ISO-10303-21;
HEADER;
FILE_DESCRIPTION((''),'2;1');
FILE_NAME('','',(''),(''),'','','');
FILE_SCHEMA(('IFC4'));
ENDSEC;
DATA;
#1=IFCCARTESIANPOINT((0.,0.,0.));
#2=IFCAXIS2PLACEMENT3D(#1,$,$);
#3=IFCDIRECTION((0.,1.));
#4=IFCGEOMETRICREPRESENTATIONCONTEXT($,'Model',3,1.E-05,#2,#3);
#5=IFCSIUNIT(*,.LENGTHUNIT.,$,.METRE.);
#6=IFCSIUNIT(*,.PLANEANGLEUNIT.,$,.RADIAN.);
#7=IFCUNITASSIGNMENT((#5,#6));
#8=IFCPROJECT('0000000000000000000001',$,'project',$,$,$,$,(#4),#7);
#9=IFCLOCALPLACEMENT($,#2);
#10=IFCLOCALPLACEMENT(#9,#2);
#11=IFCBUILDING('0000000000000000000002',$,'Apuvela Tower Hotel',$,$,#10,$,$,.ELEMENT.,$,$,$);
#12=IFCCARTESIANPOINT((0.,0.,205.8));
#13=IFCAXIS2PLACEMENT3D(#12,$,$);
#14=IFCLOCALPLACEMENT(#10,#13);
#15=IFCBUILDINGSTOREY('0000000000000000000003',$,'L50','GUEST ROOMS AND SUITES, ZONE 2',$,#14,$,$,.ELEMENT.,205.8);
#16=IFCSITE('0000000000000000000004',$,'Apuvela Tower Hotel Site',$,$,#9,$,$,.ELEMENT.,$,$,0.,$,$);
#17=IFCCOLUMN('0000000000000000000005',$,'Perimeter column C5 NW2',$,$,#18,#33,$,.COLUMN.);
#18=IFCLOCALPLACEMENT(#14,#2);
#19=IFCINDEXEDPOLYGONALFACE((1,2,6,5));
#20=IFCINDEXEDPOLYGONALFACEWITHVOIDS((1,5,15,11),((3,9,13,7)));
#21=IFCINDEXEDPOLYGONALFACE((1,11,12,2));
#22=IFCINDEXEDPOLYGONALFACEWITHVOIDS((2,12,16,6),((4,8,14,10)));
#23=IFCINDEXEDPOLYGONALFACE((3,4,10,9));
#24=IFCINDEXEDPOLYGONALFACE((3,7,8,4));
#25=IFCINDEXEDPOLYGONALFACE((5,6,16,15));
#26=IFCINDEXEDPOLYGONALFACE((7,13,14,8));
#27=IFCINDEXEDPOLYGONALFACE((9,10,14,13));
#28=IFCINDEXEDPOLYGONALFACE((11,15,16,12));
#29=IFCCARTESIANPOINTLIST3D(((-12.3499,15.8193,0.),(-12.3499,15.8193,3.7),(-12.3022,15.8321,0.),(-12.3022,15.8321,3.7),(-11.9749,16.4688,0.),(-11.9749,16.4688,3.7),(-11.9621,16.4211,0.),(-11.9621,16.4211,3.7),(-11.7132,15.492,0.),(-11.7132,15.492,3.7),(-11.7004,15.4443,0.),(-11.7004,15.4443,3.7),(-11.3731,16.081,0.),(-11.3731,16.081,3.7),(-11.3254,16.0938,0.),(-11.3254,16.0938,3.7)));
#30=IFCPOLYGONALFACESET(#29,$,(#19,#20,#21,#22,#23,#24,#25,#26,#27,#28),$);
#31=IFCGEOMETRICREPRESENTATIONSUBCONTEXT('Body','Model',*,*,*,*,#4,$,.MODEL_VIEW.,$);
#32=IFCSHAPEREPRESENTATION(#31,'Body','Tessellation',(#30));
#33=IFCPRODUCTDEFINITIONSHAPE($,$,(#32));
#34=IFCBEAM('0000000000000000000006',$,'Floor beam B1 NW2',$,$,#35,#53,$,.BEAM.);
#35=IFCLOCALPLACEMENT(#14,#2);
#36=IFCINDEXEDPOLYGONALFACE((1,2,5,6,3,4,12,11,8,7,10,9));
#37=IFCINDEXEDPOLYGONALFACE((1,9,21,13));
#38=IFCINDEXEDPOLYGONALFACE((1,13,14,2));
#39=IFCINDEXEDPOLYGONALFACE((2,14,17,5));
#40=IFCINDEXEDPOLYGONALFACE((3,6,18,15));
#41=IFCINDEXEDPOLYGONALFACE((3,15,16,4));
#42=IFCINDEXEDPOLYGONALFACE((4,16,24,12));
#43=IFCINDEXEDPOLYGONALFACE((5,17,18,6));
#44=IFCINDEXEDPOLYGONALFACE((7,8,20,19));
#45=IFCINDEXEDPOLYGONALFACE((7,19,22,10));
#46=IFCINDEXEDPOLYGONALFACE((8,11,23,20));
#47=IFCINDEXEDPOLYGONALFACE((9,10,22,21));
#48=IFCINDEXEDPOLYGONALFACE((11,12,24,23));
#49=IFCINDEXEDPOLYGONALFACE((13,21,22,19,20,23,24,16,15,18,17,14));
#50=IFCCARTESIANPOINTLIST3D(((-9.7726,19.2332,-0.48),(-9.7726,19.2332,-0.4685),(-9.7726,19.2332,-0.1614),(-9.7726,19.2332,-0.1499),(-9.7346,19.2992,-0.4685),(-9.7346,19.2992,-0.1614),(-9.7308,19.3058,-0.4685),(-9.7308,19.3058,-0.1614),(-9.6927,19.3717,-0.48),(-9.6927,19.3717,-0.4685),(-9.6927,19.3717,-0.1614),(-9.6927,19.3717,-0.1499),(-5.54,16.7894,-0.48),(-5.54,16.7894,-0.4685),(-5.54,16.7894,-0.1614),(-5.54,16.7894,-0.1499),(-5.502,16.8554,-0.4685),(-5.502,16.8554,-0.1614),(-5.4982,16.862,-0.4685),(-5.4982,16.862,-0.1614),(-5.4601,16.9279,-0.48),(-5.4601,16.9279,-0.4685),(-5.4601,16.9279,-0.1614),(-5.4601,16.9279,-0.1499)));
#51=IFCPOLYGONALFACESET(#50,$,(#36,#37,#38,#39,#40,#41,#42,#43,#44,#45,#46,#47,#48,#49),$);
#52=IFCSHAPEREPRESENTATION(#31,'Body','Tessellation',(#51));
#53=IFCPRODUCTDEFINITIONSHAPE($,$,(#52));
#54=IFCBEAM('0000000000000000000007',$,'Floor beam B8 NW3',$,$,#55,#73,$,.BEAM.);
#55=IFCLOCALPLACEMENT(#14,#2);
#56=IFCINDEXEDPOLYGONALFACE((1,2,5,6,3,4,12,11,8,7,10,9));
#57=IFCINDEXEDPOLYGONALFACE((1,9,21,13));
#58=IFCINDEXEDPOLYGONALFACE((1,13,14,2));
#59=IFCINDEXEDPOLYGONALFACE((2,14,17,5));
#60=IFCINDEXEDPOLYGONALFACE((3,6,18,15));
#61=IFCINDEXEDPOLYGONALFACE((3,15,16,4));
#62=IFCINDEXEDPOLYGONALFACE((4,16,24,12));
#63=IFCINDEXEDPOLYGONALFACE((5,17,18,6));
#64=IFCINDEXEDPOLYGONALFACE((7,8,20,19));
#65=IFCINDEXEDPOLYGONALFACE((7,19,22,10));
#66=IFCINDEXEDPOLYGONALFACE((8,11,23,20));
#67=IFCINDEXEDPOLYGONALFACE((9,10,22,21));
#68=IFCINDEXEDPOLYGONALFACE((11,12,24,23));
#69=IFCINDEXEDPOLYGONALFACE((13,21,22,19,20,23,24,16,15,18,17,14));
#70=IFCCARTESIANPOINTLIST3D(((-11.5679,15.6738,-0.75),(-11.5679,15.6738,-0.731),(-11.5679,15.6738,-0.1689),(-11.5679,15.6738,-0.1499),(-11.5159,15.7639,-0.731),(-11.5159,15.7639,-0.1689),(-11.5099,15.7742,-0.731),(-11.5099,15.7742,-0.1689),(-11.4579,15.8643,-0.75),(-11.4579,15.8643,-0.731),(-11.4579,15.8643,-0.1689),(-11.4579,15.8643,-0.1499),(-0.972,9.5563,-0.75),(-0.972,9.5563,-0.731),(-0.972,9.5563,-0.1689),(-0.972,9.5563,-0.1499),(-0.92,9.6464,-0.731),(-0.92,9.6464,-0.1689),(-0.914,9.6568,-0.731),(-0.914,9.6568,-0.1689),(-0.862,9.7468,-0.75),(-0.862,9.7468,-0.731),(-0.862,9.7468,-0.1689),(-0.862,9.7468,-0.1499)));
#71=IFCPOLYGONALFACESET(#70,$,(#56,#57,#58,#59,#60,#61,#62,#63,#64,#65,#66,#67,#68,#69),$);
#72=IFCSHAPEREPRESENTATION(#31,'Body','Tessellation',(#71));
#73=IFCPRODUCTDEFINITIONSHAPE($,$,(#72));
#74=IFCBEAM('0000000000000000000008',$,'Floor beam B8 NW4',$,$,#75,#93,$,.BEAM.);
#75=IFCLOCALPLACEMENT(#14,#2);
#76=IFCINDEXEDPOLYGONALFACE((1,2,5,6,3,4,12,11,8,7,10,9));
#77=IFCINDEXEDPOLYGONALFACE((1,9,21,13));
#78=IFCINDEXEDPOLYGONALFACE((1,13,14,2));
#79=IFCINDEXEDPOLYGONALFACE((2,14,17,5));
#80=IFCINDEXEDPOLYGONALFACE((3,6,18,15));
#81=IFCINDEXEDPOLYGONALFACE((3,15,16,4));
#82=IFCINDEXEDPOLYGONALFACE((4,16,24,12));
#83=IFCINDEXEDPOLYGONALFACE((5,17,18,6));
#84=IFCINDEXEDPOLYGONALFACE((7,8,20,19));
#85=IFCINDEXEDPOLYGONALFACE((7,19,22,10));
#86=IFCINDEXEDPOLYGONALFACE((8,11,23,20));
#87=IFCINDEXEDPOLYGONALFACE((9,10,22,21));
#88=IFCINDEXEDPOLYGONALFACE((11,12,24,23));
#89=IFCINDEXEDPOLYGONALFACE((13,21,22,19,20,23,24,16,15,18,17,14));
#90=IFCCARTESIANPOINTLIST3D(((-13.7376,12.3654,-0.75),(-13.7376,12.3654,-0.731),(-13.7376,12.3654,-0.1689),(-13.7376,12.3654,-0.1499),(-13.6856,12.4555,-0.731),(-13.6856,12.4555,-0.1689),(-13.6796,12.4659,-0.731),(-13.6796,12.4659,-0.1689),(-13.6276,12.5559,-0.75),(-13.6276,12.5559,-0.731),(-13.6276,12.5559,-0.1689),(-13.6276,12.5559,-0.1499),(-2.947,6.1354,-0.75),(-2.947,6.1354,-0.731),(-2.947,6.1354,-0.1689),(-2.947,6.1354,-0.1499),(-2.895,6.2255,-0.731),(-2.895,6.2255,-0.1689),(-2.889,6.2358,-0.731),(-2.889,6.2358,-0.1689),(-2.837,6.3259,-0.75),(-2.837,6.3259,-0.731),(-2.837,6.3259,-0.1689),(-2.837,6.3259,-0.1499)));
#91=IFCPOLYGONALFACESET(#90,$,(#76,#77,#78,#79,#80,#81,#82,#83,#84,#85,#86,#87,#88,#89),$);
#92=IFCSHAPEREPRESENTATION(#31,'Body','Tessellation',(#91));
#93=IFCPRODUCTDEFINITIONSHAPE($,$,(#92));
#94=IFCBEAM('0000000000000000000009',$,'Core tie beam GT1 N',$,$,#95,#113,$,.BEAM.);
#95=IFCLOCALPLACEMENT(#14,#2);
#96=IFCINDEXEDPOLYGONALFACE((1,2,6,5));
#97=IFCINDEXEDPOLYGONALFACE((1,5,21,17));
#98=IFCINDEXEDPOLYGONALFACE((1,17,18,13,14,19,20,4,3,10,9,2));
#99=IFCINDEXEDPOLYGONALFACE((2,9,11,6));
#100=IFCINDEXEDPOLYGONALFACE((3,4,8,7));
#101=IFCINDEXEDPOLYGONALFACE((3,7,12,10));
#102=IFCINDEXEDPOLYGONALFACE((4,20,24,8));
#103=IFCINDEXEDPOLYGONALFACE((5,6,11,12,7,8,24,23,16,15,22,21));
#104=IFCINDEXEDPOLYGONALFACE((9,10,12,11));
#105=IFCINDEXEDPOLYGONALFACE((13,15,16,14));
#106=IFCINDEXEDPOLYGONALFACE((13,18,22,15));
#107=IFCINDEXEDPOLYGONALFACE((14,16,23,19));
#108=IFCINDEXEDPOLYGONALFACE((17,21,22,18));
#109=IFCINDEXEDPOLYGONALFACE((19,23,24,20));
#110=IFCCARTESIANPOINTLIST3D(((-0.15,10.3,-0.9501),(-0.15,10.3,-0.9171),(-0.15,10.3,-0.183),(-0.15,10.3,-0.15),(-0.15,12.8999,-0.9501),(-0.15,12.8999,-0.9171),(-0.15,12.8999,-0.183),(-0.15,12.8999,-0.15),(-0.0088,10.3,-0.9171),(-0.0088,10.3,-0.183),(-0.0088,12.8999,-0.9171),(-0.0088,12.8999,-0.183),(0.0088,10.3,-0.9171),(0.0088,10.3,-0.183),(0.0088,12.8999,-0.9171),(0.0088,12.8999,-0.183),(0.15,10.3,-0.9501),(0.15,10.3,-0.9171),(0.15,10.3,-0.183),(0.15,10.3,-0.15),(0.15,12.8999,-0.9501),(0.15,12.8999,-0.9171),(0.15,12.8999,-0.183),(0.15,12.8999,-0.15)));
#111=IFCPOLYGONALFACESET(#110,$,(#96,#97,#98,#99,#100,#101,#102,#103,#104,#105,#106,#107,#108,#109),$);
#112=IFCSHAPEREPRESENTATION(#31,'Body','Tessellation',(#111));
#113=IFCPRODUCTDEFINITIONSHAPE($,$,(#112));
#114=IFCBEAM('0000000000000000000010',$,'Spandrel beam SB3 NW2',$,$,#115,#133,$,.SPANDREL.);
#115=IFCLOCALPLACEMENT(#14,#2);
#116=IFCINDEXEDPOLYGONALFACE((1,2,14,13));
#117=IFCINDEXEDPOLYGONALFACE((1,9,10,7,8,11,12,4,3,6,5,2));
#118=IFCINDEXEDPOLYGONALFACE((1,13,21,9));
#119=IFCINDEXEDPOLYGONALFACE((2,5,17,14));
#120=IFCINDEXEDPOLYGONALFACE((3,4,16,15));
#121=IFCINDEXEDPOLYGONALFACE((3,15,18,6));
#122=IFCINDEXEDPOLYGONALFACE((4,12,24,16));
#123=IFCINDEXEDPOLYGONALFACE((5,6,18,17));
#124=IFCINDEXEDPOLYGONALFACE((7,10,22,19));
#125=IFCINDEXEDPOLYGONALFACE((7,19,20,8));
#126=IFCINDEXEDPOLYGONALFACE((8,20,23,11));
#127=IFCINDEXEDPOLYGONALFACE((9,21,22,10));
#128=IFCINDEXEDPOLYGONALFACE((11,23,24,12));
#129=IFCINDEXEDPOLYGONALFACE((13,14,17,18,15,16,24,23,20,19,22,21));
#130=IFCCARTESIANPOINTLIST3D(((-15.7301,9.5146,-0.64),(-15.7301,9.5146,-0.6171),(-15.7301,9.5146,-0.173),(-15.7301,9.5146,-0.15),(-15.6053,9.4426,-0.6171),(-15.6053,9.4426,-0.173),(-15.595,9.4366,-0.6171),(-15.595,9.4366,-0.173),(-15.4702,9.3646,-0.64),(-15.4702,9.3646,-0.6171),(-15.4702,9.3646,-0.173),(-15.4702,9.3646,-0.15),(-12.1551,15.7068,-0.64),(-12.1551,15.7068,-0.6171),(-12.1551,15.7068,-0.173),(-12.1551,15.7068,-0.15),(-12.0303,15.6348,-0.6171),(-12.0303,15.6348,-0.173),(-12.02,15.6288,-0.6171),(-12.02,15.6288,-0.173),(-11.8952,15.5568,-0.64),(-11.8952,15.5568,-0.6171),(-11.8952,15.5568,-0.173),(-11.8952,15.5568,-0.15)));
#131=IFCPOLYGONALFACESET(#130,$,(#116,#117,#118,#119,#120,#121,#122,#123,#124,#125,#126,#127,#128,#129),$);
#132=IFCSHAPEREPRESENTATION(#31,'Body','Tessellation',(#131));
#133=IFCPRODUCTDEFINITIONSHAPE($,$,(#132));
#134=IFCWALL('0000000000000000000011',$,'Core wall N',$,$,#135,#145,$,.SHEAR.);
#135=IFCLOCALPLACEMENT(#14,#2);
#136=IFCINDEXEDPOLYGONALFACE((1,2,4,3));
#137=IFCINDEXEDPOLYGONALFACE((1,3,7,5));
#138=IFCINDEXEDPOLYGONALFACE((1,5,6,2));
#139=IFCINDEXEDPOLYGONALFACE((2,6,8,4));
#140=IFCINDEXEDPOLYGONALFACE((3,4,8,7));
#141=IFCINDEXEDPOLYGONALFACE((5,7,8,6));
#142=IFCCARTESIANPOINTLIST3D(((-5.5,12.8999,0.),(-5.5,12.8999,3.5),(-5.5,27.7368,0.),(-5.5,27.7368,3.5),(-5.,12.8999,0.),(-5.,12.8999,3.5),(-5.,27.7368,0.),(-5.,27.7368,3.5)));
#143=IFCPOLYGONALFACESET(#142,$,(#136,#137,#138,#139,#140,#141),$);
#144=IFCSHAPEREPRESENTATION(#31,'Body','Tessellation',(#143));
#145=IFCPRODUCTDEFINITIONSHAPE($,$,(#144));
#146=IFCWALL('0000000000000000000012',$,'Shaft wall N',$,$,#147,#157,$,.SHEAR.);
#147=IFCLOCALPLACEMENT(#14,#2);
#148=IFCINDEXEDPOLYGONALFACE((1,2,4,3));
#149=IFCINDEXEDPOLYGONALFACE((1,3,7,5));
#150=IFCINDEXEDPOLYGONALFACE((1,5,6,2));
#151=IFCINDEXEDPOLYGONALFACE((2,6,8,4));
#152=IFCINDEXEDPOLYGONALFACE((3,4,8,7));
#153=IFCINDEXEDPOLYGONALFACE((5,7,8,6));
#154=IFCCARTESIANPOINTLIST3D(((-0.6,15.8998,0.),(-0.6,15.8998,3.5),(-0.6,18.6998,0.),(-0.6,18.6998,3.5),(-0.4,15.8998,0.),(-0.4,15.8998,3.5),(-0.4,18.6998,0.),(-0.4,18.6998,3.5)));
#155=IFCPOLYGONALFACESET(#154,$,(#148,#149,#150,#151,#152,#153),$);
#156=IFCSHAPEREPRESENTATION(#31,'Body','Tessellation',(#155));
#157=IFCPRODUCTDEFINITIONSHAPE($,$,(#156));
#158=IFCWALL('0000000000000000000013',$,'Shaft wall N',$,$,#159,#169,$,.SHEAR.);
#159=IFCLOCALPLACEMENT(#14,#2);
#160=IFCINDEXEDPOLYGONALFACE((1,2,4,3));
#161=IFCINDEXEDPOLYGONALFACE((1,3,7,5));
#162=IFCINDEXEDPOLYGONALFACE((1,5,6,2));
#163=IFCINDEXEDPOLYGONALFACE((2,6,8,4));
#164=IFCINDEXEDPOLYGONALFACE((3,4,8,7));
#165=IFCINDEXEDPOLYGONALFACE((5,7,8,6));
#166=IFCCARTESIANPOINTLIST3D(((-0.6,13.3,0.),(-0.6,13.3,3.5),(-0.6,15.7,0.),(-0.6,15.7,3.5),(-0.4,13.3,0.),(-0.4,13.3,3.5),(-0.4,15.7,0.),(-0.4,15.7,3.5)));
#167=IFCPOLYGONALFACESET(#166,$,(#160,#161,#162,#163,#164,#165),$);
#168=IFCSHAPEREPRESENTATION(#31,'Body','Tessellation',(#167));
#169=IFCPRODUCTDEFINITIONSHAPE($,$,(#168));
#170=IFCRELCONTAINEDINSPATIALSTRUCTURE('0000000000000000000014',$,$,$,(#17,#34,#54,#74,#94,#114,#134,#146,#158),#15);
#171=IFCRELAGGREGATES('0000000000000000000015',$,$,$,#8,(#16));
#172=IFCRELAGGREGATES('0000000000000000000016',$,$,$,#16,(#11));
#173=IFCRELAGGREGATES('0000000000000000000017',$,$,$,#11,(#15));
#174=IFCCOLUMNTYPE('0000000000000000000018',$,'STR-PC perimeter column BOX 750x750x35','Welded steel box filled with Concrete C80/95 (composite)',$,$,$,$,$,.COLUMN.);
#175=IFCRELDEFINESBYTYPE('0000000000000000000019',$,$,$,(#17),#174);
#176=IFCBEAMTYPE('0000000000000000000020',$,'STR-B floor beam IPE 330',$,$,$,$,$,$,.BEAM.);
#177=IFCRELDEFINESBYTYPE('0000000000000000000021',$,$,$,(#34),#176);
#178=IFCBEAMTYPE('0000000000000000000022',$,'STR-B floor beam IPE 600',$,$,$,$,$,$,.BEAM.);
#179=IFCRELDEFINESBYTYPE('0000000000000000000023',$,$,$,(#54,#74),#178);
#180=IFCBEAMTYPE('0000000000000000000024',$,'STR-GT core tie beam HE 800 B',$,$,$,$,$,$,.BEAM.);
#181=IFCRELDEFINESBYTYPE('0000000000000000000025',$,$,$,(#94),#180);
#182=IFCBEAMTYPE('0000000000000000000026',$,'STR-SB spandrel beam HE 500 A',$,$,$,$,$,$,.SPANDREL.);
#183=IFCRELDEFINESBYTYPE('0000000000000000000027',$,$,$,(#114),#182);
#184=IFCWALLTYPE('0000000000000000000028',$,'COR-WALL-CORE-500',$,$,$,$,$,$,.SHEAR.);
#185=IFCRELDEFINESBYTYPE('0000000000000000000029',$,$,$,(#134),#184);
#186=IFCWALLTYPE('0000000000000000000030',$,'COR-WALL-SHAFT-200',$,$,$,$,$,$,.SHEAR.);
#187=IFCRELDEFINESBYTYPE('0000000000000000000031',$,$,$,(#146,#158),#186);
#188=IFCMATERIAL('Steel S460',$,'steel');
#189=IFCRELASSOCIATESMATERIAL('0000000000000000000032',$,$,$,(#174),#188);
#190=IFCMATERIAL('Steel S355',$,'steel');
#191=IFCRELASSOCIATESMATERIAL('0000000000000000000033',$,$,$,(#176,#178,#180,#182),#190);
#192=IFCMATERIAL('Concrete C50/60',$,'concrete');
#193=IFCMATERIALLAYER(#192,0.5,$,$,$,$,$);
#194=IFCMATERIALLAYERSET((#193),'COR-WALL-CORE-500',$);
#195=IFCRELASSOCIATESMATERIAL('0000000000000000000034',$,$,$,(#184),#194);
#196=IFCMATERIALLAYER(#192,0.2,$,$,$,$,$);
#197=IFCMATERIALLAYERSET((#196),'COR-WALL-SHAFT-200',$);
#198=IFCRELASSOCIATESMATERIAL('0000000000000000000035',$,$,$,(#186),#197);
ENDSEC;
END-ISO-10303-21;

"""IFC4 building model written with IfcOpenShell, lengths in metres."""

from ifc_helpers import new_model, si_unit, direction, frame, frame_2d, origin, origin_2d, place, context, subcontext, project, spatial, rectangle, hollow_rectangle, i_section, extrude, material, layer, layer_set, material_profile, profile_set, type_object, element, save


model = new_model("IFC4")

# Units and contexts
model_context = context("Model", 3, precision=1e-05, world=origin(), true_north=direction((0.0, 1.0)))
body_context = subcontext(model_context, "Body", "Model", "MODEL_VIEW")
ifc_project = project(units=[si_unit("LENGTHUNIT", "METRE"), si_unit("PLANEANGLEUNIT", "RADIAN")], contexts=[model_context])

# Site, building, storey
site_placement = place(None, origin())
site = spatial("IfcSite", under=ifc_project, at=site_placement, Name="Apuvela Tower Hotel Site", CompositionType="ELEMENT", RefElevation=0.0)
building_placement = place(site_placement, origin())
building = spatial("IfcBuilding", under=site, at=building_placement, Name="Apuvela Tower Hotel", CompositionType="ELEMENT")
storey_placement = place(building_placement, frame((0.0, 0.0, 205.8)))
storey = spatial("IfcBuildingStorey", under=building, at=storey_placement, Name="L50", Description="GUEST ROOMS AND SUITES, ZONE 2", CompositionType="ELEMENT", Elevation=205.8)

# Column
ifc_material_1 = material(Name="Steel S460", Category="steel")
ifc_material_profile_1 = material_profile(ifc_material_1, hollow_rectangle(XDim=0.75, YDim=0.75, WallThickness=0.0349, at=origin_2d()), Name="BOX 750x750x35")
ifc_material_2 = material(Name="Concrete C80/95", Category="concrete")
ifc_material_profile_2 = material_profile(ifc_material_2, rectangle(XDim=0.6799, YDim=0.6799, at=origin_2d()), Name="Concrete C80/95 infill")
ifc_profile_set_1 = profile_set([ifc_material_profile_1, ifc_material_profile_2], Name="Steel S460")
column_type = type_object("IfcColumnType", Name="STR-PC perimeter column BOX 750x750x35", Description="Welded steel box filled with Concrete C80/95 (composite)", PredefinedType="COLUMN", material=ifc_profile_set_1)
column_placement = place(storey_placement, frame((-11.8376, 15.9565, 0.0), z_axis=(0.0, 0.0, 1.0), x_axis=(0.5, 0.866025, 0.0)))
element("IfcColumn", 1, at=column_placement, inside=storey, type_object=column_type, Name="Perimeter column C5 NW2", PredefinedType="COLUMN", context=body_context, shape_type="SweptSolid", body=[
    extrude(hollow_rectangle(XDim=0.75, YDim=0.75, WallThickness=0.0349, at=origin_2d()), origin(), (0.0, 0.0, 1.0), 3.7),
])

# Beams
ifc_material_3 = material(Name="Steel S355", Category="steel")
ifc_material_profile_3 = material_profile(ifc_material_3, i_section(OverallWidth=0.1599, OverallDepth=0.3301, WebThickness=0.0076, FlangeThickness=0.0115, at=origin_2d()), Name="IPE 330")
ifc_profile_set_2 = profile_set([ifc_material_profile_3], Name="Steel S355")
beam_type_1 = type_object("IfcBeamType", Name="STR-B floor beam IPE 330", PredefinedType="BEAM", material=ifc_profile_set_2)
beam_1_placement = place(storey_placement, frame((-9.7327, 19.3025, -0.3149), z_axis=(0.866015, -0.500018, 0.0), x_axis=(0.500018, 0.866015, 0.0)))
element("IfcBeam", 2, at=beam_1_placement, inside=storey, type_object=beam_type_1, Name="Floor beam B1 NW2", PredefinedType="BEAM", context=body_context, shape_type="SweptSolid", body=[
    extrude(i_section(OverallWidth=0.1599, OverallDepth=0.3301, WebThickness=0.0076, FlangeThickness=0.0115, at=origin_2d()), origin(), (0.0, 0.0, 1.0), 4.8875),
])
ifc_material_profile_4 = material_profile(ifc_material_3, i_section(OverallWidth=0.22, OverallDepth=0.6001, WebThickness=0.012, FlangeThickness=0.019, at=origin_2d()), Name="IPE 600")
ifc_profile_set_3 = profile_set([ifc_material_profile_4], Name="Steel S355")
beam_type_2 = type_object("IfcBeamType", Name="STR-B floor beam IPE 600", PredefinedType="BEAM", material=ifc_profile_set_3)
beam_2_placement = place(storey_placement, frame((-11.5129, 15.769, -0.45), z_axis=(0.86603, -0.499991, 0.0), x_axis=(0.499991, 0.86603, 0.0)))
element("IfcBeam", 3, at=beam_2_placement, inside=storey, type_object=beam_type_2, Name="Floor beam B8 NW3", PredefinedType="BEAM", context=body_context, shape_type="SweptSolid", body=[
    extrude(i_section(OverallWidth=0.22, OverallDepth=0.6001, WebThickness=0.012, FlangeThickness=0.019, at=origin_2d()), origin(), (0.0, 0.0, 1.0), 12.2351),
])
beam_3_placement = place(storey_placement, frame((-13.6826, 12.4607, -0.45), z_axis=(0.866023, -0.500004, 0.0), x_axis=(0.500004, 0.866023, 0.0)))
element("IfcBeam", 4, at=beam_3_placement, inside=storey, type_object=beam_type_2, Name="Floor beam B8 NW4", PredefinedType="BEAM", context=body_context, shape_type="SweptSolid", body=[
    extrude(i_section(OverallWidth=0.22, OverallDepth=0.6001, WebThickness=0.012, FlangeThickness=0.019, at=origin_2d()), origin(), (0.0, 0.0, 1.0), 12.46),
])
ifc_material_profile_5 = material_profile(ifc_material_3, i_section(OverallWidth=0.3, OverallDepth=0.8, WebThickness=0.0176, FlangeThickness=0.033, at=origin_2d()), Name="HE 800 B")
ifc_profile_set_4 = profile_set([ifc_material_profile_5], Name="Steel S355")
beam_type_3 = type_object("IfcBeamType", Name="STR-GT core tie beam HE 800 B", PredefinedType="BEAM", material=ifc_profile_set_4)
beam_4_placement = place(storey_placement, frame((0.0, 12.8999, -0.55), z_axis=(0.0, -1.0, 0.0), x_axis=(1.0, 0.0, 0.0)))
element("IfcBeam", 5, at=beam_4_placement, inside=storey, type_object=beam_type_3, Name="Core tie beam GT1 N", PredefinedType="BEAM", context=body_context, shape_type="SweptSolid", body=[
    extrude(i_section(OverallWidth=0.3, OverallDepth=0.8, WebThickness=0.0176, FlangeThickness=0.033, at=origin_2d()), origin(), (0.0, 0.0, 1.0), 2.5999),
])
ifc_material_profile_6 = material_profile(ifc_material_3, i_section(OverallWidth=0.3, OverallDepth=0.49, WebThickness=0.012, FlangeThickness=0.0229, at=origin_2d()), Name="HE 500 A")
ifc_profile_set_5 = profile_set([ifc_material_profile_6], Name="Steel S355")
beam_type_4 = type_object("IfcBeamType", Name="STR-SB spandrel beam HE 500 A", PredefinedType="SPANDREL", material=ifc_profile_set_5)
beam_5_placement = place(storey_placement, frame((-12.0251, 15.6318, -0.395), z_axis=(-0.499991, -0.86603, 0.0), x_axis=(0.86603, -0.499991, 0.0)))
element("IfcBeam", 6, at=beam_5_placement, inside=storey, type_object=beam_type_4, Name="Spandrel beam SB3 NW2", PredefinedType="SPANDREL", context=body_context, shape_type="SweptSolid", body=[
    extrude(i_section(OverallWidth=0.3, OverallDepth=0.49, WebThickness=0.012, FlangeThickness=0.0229, at=origin_2d()), origin(), (0.0, 0.0, 1.0), 7.1501),
])

# Walls
ifc_material_4 = material(Name="Concrete C50/60", Category="concrete")
ifc_layer_1 = layer(ifc_material_4, 0.5)
ifc_layer_set_1 = layer_set([ifc_layer_1], Name="COR-WALL-CORE-500")
wall_type_1 = type_object("IfcWallType", Name="COR-WALL-CORE-500", PredefinedType="SHEAR", material=ifc_layer_set_1)
wall_1_placement = place(storey_placement, frame((-5.25, 12.8999, 0.0), z_axis=(0.0, 0.0, 1.0), x_axis=(0.0, 1.0, 0.0)))
element("IfcWall", 7, at=wall_1_placement, inside=storey, type_object=wall_type_1, Name="Core wall N", PredefinedType="SHEAR", context=body_context, shape_type="SweptSolid", body=[
    extrude(rectangle(XDim=14.8369, YDim=0.5, at=frame_2d((7.4185, 0.0))), origin(), (0.0, 0.0, 1.0), 3.5),
])
ifc_layer_2 = layer(ifc_material_4, 0.2)
ifc_layer_set_2 = layer_set([ifc_layer_2], Name="COR-WALL-SHAFT-200")
wall_type_2 = type_object("IfcWallType", Name="COR-WALL-SHAFT-200", PredefinedType="SHEAR", material=ifc_layer_set_2)
wall_2_placement = place(storey_placement, frame((-0.5, 15.8999, 0.0), z_axis=(0.0, 0.0, 1.0), x_axis=(0.0, 1.0, 0.0)))
element("IfcWall", 8, at=wall_2_placement, inside=storey, type_object=wall_type_2, Name="Shaft wall N", PredefinedType="SHEAR", context=body_context, shape_type="SweptSolid", body=[
    extrude(rectangle(XDim=2.8, YDim=0.2, at=frame_2d((1.3999, 0.0))), origin(), (0.0, 0.0, 1.0), 3.5),
])
wall_3_placement = place(storey_placement, frame((-0.5, 13.3, 0.0), z_axis=(0.0, 0.0, 1.0), x_axis=(0.0, 1.0, 0.0)))
element("IfcWall", 9, at=wall_3_placement, inside=storey, type_object=wall_type_2, Name="Shaft wall N", PredefinedType="SHEAR", context=body_context, shape_type="SweptSolid", body=[
    extrude(rectangle(XDim=2.3999, YDim=0.2, at=frame_2d((1.2, 0.0))), origin(), (0.0, 0.0, 1.0), 3.5),
])

save(model, "model.ifc")
